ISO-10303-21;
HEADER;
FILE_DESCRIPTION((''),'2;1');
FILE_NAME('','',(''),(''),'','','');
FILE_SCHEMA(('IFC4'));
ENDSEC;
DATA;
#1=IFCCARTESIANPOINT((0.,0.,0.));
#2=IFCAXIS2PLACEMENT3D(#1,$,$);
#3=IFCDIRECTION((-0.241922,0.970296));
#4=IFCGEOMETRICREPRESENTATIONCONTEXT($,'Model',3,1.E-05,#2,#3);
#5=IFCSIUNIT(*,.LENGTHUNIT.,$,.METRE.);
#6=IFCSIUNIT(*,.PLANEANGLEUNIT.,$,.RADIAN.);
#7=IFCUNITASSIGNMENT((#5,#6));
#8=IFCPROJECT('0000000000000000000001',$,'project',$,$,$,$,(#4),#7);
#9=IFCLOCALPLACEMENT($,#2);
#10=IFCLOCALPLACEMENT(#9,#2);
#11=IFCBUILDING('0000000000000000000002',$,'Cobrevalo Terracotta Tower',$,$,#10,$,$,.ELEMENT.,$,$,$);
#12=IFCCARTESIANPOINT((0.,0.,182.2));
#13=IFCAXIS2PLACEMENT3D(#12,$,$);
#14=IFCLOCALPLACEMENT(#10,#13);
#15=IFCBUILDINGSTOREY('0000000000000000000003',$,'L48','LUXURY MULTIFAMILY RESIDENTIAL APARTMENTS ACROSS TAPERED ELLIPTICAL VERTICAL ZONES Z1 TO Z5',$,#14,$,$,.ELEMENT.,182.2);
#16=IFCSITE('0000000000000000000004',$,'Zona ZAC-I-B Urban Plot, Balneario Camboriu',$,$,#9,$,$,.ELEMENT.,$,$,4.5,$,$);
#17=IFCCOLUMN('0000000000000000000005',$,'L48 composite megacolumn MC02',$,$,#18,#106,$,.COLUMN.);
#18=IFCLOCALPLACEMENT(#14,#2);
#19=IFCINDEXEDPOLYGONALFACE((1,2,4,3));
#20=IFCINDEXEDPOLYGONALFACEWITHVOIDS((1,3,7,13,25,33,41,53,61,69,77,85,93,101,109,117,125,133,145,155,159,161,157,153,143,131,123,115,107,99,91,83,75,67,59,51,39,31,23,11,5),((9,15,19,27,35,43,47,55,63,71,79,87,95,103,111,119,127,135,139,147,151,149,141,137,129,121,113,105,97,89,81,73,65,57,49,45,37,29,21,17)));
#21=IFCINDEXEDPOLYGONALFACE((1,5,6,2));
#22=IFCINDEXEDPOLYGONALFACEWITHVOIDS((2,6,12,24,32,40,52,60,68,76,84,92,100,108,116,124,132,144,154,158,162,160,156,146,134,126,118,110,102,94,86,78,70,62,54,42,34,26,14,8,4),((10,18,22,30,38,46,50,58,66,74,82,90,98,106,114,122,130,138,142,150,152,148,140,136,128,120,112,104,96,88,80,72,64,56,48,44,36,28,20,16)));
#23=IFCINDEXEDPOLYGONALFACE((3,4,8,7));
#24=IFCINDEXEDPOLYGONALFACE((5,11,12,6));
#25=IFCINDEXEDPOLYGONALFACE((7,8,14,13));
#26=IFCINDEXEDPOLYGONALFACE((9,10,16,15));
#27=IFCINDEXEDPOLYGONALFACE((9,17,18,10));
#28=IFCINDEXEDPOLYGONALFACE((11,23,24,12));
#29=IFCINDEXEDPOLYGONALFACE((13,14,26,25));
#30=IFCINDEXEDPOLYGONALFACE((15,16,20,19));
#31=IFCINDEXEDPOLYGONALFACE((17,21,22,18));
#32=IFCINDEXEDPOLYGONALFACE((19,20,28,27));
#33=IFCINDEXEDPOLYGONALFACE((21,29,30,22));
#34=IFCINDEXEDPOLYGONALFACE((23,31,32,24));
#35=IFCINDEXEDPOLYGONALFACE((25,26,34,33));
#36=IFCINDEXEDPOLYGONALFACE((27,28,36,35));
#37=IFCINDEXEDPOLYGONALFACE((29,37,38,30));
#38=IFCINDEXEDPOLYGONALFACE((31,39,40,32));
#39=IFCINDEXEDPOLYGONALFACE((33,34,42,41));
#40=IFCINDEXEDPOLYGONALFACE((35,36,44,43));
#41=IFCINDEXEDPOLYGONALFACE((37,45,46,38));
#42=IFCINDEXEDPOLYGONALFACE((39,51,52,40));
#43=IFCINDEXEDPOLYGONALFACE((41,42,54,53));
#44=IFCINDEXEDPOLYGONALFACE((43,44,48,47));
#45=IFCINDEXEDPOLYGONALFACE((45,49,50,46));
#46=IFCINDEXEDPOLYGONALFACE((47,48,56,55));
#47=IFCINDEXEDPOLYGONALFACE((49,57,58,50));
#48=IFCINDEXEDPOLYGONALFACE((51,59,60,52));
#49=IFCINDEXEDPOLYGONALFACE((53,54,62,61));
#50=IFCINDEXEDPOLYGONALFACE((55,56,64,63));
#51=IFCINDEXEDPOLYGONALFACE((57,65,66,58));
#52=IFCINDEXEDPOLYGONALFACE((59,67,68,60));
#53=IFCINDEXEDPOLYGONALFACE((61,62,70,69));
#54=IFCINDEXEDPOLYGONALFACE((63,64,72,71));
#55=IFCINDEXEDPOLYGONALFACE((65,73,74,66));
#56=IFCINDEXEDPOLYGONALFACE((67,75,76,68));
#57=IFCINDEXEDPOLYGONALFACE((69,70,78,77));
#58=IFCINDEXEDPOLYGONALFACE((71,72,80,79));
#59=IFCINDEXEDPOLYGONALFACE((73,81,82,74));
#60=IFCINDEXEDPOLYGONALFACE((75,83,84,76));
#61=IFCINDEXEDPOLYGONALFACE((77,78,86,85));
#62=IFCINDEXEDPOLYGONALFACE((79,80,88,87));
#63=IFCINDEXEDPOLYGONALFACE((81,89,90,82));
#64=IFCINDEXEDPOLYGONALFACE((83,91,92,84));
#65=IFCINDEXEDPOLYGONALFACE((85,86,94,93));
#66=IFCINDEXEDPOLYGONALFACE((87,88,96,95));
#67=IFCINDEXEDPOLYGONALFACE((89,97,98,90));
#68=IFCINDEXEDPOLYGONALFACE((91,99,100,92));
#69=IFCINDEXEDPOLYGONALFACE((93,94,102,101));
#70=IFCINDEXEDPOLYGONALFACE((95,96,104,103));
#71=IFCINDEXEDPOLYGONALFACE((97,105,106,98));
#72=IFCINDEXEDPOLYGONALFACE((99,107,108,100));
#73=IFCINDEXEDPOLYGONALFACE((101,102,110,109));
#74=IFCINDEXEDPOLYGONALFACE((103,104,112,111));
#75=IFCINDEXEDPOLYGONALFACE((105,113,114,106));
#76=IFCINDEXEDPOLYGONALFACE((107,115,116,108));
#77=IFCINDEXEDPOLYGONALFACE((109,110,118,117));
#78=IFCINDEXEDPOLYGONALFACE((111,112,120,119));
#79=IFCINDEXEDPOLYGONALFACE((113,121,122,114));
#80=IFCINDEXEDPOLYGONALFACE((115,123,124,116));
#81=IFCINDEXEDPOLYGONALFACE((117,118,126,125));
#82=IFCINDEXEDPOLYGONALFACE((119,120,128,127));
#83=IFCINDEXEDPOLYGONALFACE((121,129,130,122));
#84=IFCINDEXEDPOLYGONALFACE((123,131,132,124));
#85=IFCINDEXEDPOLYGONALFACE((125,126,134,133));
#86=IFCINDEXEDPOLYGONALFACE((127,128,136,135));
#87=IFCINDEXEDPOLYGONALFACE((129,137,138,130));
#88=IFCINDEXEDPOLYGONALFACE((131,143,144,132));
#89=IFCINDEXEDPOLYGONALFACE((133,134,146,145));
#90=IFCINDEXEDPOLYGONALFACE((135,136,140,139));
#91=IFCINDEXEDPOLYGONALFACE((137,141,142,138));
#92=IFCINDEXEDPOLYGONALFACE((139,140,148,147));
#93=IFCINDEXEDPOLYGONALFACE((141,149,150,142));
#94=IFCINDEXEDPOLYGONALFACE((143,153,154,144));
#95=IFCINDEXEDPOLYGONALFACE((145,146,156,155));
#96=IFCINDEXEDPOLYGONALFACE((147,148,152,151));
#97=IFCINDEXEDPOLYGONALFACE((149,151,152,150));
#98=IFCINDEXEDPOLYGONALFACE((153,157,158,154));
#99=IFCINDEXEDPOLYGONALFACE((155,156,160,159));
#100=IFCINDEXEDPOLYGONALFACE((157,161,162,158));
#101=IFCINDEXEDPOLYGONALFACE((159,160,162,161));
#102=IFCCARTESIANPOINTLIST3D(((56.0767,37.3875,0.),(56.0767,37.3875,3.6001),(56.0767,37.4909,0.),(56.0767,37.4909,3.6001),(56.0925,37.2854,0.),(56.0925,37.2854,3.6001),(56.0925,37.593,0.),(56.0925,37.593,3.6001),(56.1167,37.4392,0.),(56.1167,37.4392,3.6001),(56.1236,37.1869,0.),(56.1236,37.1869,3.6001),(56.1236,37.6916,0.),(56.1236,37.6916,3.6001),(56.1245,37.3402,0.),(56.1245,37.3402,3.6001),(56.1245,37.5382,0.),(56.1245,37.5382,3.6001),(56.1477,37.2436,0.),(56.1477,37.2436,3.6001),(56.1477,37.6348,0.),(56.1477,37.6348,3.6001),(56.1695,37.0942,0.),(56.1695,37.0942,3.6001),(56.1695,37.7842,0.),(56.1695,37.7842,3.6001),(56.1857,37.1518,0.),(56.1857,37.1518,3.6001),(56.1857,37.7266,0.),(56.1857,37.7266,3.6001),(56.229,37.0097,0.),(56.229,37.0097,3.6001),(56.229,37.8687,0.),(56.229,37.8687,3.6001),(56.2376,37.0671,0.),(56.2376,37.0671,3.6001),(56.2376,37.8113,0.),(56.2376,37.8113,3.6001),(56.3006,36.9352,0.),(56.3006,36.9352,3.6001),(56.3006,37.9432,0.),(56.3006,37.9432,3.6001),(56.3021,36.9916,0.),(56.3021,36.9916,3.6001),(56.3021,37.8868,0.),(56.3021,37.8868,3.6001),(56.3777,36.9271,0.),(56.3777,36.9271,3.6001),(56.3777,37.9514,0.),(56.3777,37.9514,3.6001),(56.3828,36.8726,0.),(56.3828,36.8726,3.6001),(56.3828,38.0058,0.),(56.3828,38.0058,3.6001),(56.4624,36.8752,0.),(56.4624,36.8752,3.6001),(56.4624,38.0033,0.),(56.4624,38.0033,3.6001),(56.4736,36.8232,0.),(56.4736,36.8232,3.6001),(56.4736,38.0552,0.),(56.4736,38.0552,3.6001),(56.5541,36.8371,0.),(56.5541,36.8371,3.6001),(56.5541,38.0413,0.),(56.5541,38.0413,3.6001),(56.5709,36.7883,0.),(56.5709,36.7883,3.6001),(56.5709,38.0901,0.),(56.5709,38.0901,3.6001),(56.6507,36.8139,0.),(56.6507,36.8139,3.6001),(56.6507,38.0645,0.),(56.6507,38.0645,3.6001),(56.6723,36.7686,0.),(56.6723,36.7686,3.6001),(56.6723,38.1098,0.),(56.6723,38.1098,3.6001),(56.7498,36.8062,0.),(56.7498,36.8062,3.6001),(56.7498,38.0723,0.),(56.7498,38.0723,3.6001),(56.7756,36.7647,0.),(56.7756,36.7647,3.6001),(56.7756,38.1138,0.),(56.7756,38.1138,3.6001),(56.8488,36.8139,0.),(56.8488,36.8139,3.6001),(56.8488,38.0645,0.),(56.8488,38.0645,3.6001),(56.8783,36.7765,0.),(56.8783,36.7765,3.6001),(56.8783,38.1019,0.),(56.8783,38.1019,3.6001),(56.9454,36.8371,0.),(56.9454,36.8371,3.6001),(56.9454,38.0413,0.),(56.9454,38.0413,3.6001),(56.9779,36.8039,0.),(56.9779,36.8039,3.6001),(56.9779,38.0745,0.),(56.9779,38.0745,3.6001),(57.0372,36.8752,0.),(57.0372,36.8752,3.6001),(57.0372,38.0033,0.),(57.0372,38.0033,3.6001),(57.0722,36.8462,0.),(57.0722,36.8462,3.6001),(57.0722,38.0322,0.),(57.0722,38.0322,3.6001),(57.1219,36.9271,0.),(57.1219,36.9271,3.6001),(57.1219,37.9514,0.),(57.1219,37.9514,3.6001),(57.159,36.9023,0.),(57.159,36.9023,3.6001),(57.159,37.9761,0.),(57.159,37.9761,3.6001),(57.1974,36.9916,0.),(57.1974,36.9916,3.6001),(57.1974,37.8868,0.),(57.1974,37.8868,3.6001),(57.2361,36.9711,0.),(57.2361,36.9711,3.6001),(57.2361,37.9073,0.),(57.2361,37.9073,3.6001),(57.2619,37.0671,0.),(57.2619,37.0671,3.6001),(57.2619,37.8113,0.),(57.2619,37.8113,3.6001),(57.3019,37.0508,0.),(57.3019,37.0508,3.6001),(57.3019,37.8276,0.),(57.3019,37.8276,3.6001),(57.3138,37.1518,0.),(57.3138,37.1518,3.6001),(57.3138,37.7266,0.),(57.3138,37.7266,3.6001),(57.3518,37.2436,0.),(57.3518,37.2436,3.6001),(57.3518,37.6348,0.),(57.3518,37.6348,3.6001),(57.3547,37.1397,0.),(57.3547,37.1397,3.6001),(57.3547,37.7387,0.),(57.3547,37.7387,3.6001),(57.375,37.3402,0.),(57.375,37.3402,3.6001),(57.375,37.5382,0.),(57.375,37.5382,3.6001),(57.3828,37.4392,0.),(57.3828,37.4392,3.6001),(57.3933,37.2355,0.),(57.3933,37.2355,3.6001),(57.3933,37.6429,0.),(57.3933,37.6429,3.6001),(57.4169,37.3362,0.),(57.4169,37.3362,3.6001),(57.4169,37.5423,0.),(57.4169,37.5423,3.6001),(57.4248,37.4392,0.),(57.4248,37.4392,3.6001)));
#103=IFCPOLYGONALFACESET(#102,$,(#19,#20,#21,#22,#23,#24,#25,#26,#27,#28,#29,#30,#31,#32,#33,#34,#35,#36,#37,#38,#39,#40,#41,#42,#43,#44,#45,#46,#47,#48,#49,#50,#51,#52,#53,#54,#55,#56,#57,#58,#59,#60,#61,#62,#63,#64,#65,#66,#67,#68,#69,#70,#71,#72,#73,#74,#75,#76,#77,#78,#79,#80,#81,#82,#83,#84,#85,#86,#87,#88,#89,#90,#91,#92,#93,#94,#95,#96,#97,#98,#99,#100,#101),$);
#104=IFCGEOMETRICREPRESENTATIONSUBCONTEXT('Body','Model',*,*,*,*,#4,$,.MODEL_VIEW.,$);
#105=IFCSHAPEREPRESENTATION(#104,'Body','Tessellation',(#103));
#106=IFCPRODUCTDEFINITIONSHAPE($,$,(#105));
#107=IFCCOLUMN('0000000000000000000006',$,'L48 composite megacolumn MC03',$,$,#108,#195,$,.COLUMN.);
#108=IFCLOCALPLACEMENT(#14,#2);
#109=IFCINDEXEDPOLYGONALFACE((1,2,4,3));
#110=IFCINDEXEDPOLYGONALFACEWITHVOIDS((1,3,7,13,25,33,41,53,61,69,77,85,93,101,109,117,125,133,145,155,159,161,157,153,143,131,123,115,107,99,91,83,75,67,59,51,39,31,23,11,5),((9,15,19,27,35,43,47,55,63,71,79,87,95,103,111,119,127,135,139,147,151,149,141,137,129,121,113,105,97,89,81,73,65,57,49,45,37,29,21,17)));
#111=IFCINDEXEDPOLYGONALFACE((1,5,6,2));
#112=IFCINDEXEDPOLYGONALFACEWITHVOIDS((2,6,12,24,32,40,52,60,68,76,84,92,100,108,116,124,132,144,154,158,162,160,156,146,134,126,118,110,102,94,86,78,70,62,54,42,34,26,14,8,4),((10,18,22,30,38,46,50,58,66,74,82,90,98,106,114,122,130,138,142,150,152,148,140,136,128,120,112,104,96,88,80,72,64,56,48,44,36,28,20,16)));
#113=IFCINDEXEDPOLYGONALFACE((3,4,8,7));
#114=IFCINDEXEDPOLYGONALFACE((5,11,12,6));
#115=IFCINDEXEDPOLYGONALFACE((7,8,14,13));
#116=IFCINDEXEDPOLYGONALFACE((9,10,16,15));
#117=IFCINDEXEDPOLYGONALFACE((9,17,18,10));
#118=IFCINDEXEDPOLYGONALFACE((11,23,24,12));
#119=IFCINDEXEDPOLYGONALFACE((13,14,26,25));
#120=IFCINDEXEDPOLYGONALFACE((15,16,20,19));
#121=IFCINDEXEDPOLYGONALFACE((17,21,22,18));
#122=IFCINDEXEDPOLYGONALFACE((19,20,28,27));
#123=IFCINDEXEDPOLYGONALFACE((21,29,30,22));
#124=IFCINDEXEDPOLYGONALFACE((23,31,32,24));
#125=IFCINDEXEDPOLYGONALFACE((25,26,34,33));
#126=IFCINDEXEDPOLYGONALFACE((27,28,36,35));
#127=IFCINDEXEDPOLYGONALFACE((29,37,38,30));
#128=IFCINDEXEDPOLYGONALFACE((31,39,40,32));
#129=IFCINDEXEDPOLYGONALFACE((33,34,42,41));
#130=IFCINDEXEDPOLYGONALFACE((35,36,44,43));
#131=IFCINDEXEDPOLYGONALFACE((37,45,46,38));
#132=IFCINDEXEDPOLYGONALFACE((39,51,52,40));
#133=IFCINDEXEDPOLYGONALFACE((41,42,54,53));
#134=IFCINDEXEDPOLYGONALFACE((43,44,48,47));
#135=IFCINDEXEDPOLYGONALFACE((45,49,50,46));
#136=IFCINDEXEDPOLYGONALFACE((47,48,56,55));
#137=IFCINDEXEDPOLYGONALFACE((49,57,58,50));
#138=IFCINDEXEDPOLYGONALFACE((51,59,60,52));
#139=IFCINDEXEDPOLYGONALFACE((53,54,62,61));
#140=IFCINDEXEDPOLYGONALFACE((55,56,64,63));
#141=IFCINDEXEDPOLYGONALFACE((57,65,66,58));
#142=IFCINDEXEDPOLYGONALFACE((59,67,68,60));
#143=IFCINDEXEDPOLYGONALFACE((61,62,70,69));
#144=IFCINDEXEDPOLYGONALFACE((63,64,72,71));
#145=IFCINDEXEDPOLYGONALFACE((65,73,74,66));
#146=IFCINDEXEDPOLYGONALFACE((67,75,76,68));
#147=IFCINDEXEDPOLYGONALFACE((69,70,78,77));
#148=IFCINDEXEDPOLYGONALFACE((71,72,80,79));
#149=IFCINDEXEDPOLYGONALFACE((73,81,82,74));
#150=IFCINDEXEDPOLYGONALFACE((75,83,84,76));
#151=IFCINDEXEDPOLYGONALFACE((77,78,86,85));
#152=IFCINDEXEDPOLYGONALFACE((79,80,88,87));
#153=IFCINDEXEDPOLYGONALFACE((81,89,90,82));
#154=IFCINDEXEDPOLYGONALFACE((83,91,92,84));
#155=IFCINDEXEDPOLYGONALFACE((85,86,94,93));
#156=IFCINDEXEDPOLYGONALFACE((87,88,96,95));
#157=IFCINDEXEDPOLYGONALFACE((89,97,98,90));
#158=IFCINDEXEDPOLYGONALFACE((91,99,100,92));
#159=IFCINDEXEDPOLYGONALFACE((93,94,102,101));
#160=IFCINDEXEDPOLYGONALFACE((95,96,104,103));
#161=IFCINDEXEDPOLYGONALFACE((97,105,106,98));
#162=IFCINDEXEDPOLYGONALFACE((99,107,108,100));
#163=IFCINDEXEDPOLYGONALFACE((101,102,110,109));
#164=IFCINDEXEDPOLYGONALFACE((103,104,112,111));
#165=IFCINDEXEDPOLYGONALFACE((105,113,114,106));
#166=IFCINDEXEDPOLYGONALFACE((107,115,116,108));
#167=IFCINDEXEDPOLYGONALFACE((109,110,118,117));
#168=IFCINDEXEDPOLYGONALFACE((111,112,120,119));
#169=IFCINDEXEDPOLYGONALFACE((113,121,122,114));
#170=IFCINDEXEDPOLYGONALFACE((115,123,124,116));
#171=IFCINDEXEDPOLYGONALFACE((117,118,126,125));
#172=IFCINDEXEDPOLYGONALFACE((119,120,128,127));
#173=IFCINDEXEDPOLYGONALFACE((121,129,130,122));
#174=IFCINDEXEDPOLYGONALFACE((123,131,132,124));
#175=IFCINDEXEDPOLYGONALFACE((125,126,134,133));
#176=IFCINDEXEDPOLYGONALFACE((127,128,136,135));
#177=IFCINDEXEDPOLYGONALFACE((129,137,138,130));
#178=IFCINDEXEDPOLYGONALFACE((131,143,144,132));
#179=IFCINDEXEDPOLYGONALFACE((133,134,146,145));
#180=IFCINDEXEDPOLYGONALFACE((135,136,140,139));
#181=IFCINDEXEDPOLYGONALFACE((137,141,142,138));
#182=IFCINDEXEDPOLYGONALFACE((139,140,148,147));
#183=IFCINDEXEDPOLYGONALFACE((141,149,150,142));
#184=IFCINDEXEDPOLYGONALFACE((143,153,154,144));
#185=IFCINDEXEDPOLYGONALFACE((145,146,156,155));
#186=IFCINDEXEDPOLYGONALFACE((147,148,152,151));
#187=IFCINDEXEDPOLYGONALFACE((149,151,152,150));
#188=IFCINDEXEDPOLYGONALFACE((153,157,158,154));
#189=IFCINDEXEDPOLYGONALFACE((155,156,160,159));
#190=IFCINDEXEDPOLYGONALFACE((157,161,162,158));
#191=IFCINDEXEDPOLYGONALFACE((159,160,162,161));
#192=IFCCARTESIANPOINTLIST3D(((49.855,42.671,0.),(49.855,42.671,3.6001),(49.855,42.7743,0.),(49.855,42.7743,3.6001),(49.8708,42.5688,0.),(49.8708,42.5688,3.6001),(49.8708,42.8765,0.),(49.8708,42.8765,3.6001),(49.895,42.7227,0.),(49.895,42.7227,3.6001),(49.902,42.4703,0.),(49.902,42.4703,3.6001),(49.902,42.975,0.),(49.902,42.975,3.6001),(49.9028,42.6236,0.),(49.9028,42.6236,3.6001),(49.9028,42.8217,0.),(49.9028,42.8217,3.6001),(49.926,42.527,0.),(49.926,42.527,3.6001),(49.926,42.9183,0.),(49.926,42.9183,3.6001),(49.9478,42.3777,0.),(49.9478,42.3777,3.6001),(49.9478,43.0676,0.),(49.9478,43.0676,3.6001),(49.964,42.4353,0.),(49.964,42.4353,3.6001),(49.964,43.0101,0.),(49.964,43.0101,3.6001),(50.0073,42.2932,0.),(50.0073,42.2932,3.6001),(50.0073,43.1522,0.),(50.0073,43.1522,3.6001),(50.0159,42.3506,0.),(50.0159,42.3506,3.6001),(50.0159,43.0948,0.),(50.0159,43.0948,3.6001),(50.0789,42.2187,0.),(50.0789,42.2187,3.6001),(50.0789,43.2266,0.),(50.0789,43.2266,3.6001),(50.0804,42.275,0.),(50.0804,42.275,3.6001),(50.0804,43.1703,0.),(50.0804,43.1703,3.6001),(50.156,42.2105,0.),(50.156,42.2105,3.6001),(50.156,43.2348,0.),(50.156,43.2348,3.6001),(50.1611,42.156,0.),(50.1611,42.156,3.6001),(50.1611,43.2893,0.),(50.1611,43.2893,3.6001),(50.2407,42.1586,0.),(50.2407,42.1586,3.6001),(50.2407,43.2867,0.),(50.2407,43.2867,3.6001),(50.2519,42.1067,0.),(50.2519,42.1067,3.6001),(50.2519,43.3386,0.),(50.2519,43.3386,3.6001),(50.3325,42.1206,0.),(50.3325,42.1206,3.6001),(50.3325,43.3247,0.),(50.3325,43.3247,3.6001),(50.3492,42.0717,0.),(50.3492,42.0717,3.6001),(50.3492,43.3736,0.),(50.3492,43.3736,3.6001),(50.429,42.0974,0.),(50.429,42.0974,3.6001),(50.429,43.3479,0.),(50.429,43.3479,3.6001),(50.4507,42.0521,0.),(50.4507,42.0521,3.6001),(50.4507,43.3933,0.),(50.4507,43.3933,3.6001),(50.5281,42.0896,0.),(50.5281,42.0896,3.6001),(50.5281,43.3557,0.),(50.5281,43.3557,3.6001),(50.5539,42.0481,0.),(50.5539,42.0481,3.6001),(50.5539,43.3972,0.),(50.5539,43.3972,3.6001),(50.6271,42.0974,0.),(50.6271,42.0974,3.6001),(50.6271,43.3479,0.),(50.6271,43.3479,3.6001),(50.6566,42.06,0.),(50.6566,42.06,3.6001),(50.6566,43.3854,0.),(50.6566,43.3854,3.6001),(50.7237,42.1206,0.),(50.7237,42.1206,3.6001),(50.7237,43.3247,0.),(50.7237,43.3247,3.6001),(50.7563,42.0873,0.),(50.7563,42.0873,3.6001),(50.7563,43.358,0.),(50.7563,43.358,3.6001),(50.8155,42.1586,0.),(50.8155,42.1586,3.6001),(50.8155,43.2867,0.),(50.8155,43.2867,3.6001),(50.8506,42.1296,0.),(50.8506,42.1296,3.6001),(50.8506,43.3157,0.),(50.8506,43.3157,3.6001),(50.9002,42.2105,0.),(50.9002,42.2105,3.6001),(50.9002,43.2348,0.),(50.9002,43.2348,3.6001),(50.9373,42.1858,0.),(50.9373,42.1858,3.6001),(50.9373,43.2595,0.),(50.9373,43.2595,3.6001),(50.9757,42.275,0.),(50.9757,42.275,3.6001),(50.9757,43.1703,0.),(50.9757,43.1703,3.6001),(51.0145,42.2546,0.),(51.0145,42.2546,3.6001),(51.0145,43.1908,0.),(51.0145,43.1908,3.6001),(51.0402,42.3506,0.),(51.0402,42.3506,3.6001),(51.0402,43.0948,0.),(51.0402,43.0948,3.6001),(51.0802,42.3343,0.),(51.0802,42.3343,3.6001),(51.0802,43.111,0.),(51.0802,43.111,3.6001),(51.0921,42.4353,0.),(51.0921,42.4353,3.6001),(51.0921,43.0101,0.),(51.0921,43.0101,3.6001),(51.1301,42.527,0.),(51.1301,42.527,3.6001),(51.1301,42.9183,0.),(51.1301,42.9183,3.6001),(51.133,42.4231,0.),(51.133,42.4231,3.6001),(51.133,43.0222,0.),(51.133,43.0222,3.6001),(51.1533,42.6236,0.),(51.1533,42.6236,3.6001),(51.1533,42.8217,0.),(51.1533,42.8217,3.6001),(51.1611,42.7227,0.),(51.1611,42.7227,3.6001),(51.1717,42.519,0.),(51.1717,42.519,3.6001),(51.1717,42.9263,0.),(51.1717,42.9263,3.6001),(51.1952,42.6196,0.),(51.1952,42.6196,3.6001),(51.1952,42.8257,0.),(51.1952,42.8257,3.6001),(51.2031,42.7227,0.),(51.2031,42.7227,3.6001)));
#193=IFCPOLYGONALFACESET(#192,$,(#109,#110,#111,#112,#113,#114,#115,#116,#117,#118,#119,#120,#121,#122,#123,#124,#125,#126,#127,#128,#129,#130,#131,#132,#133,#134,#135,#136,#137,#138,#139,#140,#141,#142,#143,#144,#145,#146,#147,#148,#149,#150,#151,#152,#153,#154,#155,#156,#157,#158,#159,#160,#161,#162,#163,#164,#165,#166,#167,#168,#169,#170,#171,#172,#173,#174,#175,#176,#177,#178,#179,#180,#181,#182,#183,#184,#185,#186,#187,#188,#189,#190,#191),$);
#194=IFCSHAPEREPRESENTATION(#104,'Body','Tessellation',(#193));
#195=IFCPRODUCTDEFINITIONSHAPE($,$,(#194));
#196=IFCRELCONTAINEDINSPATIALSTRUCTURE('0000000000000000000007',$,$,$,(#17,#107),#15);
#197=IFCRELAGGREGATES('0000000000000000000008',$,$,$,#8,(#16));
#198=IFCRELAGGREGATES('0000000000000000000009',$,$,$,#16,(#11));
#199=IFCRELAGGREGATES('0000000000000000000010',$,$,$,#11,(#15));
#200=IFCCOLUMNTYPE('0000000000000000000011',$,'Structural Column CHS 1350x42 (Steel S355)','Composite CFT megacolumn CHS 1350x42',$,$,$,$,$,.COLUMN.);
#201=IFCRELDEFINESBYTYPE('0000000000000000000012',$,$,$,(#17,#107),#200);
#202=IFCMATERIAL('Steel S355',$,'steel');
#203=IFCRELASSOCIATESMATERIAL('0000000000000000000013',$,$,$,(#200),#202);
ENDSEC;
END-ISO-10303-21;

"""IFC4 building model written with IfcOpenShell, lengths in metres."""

from ifc_helpers import new_model, si_unit, direction, frame, origin, origin_2d, place, context, subcontext, project, spatial, hollow_circle, extrude, material, material_profile, profile_set, type_object, element, save


model = new_model("IFC4")

# Units and contexts
model_context = context("Model", 3, precision=1e-05, world=origin(), true_north=direction((-0.241922, 0.970296)))
body_context = subcontext(model_context, "Body", "Model", "MODEL_VIEW")
ifc_project = project(units=[si_unit("LENGTHUNIT", "METRE"), si_unit("PLANEANGLEUNIT", "RADIAN")], contexts=[model_context])

# Site, building, storey
site_placement = place(None, origin())
site = spatial("IfcSite", under=ifc_project, at=site_placement, Name="Zona ZAC-I-B Urban Plot, Balneario Camboriu", CompositionType="ELEMENT", RefElevation=4.5)
building_placement = place(site_placement, origin())
building = spatial("IfcBuilding", under=site, at=building_placement, Name="Cobrevalo Terracotta Tower", CompositionType="ELEMENT")
storey_placement = place(building_placement, frame((0.0, 0.0, 182.2)))
storey = spatial("IfcBuildingStorey", under=building, at=storey_placement, Name="L48", Description="LUXURY MULTIFAMILY RESIDENTIAL APARTMENTS ACROSS TAPERED ELLIPTICAL VERTICAL ZONES Z1 TO Z5", CompositionType="ELEMENT", Elevation=182.2)

# Columns
ifc_material_1 = material(Name="Steel S355", Category="steel")
ifc_material_profile_1 = material_profile(ifc_material_1, hollow_circle(Radius=0.675, WallThickness=0.042, at=origin_2d()), Name="CHS 1350x42")
ifc_profile_set_1 = profile_set([ifc_material_profile_1], Name="Steel S355")
column_type = type_object("IfcColumnType", Name="Structural Column CHS 1350x42 (Steel S355)", Description="Composite CFT megacolumn CHS 1350x42", PredefinedType="COLUMN", material=ifc_profile_set_1)
for number, where, z_axis, x_axis, name in (
    (1, (56.7498, 37.4392, 0.0), (0.0, 0.0, 1.0), (1.0, 0.0, 0.0), "L48 composite megacolumn MC02"),
    (2, (50.5281, 42.7227, 0.0), (0.0, 0.0, 1.0), (1.0, 0.0, 0.0), "L48 composite megacolumn MC03"),
):
    element("IfcColumn", number, at=place(storey_placement, frame(where, z_axis=z_axis, x_axis=x_axis)), inside=storey, type_object=column_type, Name=name, PredefinedType="COLUMN", context=body_context, shape_type="SweptSolid", body=[
        extrude(hollow_circle(Radius=0.675, WallThickness=0.042, at=origin_2d()), origin(), (0.0, 0.0, 1.0), 3.6001),
    ])

save(model, "model.ifc")
